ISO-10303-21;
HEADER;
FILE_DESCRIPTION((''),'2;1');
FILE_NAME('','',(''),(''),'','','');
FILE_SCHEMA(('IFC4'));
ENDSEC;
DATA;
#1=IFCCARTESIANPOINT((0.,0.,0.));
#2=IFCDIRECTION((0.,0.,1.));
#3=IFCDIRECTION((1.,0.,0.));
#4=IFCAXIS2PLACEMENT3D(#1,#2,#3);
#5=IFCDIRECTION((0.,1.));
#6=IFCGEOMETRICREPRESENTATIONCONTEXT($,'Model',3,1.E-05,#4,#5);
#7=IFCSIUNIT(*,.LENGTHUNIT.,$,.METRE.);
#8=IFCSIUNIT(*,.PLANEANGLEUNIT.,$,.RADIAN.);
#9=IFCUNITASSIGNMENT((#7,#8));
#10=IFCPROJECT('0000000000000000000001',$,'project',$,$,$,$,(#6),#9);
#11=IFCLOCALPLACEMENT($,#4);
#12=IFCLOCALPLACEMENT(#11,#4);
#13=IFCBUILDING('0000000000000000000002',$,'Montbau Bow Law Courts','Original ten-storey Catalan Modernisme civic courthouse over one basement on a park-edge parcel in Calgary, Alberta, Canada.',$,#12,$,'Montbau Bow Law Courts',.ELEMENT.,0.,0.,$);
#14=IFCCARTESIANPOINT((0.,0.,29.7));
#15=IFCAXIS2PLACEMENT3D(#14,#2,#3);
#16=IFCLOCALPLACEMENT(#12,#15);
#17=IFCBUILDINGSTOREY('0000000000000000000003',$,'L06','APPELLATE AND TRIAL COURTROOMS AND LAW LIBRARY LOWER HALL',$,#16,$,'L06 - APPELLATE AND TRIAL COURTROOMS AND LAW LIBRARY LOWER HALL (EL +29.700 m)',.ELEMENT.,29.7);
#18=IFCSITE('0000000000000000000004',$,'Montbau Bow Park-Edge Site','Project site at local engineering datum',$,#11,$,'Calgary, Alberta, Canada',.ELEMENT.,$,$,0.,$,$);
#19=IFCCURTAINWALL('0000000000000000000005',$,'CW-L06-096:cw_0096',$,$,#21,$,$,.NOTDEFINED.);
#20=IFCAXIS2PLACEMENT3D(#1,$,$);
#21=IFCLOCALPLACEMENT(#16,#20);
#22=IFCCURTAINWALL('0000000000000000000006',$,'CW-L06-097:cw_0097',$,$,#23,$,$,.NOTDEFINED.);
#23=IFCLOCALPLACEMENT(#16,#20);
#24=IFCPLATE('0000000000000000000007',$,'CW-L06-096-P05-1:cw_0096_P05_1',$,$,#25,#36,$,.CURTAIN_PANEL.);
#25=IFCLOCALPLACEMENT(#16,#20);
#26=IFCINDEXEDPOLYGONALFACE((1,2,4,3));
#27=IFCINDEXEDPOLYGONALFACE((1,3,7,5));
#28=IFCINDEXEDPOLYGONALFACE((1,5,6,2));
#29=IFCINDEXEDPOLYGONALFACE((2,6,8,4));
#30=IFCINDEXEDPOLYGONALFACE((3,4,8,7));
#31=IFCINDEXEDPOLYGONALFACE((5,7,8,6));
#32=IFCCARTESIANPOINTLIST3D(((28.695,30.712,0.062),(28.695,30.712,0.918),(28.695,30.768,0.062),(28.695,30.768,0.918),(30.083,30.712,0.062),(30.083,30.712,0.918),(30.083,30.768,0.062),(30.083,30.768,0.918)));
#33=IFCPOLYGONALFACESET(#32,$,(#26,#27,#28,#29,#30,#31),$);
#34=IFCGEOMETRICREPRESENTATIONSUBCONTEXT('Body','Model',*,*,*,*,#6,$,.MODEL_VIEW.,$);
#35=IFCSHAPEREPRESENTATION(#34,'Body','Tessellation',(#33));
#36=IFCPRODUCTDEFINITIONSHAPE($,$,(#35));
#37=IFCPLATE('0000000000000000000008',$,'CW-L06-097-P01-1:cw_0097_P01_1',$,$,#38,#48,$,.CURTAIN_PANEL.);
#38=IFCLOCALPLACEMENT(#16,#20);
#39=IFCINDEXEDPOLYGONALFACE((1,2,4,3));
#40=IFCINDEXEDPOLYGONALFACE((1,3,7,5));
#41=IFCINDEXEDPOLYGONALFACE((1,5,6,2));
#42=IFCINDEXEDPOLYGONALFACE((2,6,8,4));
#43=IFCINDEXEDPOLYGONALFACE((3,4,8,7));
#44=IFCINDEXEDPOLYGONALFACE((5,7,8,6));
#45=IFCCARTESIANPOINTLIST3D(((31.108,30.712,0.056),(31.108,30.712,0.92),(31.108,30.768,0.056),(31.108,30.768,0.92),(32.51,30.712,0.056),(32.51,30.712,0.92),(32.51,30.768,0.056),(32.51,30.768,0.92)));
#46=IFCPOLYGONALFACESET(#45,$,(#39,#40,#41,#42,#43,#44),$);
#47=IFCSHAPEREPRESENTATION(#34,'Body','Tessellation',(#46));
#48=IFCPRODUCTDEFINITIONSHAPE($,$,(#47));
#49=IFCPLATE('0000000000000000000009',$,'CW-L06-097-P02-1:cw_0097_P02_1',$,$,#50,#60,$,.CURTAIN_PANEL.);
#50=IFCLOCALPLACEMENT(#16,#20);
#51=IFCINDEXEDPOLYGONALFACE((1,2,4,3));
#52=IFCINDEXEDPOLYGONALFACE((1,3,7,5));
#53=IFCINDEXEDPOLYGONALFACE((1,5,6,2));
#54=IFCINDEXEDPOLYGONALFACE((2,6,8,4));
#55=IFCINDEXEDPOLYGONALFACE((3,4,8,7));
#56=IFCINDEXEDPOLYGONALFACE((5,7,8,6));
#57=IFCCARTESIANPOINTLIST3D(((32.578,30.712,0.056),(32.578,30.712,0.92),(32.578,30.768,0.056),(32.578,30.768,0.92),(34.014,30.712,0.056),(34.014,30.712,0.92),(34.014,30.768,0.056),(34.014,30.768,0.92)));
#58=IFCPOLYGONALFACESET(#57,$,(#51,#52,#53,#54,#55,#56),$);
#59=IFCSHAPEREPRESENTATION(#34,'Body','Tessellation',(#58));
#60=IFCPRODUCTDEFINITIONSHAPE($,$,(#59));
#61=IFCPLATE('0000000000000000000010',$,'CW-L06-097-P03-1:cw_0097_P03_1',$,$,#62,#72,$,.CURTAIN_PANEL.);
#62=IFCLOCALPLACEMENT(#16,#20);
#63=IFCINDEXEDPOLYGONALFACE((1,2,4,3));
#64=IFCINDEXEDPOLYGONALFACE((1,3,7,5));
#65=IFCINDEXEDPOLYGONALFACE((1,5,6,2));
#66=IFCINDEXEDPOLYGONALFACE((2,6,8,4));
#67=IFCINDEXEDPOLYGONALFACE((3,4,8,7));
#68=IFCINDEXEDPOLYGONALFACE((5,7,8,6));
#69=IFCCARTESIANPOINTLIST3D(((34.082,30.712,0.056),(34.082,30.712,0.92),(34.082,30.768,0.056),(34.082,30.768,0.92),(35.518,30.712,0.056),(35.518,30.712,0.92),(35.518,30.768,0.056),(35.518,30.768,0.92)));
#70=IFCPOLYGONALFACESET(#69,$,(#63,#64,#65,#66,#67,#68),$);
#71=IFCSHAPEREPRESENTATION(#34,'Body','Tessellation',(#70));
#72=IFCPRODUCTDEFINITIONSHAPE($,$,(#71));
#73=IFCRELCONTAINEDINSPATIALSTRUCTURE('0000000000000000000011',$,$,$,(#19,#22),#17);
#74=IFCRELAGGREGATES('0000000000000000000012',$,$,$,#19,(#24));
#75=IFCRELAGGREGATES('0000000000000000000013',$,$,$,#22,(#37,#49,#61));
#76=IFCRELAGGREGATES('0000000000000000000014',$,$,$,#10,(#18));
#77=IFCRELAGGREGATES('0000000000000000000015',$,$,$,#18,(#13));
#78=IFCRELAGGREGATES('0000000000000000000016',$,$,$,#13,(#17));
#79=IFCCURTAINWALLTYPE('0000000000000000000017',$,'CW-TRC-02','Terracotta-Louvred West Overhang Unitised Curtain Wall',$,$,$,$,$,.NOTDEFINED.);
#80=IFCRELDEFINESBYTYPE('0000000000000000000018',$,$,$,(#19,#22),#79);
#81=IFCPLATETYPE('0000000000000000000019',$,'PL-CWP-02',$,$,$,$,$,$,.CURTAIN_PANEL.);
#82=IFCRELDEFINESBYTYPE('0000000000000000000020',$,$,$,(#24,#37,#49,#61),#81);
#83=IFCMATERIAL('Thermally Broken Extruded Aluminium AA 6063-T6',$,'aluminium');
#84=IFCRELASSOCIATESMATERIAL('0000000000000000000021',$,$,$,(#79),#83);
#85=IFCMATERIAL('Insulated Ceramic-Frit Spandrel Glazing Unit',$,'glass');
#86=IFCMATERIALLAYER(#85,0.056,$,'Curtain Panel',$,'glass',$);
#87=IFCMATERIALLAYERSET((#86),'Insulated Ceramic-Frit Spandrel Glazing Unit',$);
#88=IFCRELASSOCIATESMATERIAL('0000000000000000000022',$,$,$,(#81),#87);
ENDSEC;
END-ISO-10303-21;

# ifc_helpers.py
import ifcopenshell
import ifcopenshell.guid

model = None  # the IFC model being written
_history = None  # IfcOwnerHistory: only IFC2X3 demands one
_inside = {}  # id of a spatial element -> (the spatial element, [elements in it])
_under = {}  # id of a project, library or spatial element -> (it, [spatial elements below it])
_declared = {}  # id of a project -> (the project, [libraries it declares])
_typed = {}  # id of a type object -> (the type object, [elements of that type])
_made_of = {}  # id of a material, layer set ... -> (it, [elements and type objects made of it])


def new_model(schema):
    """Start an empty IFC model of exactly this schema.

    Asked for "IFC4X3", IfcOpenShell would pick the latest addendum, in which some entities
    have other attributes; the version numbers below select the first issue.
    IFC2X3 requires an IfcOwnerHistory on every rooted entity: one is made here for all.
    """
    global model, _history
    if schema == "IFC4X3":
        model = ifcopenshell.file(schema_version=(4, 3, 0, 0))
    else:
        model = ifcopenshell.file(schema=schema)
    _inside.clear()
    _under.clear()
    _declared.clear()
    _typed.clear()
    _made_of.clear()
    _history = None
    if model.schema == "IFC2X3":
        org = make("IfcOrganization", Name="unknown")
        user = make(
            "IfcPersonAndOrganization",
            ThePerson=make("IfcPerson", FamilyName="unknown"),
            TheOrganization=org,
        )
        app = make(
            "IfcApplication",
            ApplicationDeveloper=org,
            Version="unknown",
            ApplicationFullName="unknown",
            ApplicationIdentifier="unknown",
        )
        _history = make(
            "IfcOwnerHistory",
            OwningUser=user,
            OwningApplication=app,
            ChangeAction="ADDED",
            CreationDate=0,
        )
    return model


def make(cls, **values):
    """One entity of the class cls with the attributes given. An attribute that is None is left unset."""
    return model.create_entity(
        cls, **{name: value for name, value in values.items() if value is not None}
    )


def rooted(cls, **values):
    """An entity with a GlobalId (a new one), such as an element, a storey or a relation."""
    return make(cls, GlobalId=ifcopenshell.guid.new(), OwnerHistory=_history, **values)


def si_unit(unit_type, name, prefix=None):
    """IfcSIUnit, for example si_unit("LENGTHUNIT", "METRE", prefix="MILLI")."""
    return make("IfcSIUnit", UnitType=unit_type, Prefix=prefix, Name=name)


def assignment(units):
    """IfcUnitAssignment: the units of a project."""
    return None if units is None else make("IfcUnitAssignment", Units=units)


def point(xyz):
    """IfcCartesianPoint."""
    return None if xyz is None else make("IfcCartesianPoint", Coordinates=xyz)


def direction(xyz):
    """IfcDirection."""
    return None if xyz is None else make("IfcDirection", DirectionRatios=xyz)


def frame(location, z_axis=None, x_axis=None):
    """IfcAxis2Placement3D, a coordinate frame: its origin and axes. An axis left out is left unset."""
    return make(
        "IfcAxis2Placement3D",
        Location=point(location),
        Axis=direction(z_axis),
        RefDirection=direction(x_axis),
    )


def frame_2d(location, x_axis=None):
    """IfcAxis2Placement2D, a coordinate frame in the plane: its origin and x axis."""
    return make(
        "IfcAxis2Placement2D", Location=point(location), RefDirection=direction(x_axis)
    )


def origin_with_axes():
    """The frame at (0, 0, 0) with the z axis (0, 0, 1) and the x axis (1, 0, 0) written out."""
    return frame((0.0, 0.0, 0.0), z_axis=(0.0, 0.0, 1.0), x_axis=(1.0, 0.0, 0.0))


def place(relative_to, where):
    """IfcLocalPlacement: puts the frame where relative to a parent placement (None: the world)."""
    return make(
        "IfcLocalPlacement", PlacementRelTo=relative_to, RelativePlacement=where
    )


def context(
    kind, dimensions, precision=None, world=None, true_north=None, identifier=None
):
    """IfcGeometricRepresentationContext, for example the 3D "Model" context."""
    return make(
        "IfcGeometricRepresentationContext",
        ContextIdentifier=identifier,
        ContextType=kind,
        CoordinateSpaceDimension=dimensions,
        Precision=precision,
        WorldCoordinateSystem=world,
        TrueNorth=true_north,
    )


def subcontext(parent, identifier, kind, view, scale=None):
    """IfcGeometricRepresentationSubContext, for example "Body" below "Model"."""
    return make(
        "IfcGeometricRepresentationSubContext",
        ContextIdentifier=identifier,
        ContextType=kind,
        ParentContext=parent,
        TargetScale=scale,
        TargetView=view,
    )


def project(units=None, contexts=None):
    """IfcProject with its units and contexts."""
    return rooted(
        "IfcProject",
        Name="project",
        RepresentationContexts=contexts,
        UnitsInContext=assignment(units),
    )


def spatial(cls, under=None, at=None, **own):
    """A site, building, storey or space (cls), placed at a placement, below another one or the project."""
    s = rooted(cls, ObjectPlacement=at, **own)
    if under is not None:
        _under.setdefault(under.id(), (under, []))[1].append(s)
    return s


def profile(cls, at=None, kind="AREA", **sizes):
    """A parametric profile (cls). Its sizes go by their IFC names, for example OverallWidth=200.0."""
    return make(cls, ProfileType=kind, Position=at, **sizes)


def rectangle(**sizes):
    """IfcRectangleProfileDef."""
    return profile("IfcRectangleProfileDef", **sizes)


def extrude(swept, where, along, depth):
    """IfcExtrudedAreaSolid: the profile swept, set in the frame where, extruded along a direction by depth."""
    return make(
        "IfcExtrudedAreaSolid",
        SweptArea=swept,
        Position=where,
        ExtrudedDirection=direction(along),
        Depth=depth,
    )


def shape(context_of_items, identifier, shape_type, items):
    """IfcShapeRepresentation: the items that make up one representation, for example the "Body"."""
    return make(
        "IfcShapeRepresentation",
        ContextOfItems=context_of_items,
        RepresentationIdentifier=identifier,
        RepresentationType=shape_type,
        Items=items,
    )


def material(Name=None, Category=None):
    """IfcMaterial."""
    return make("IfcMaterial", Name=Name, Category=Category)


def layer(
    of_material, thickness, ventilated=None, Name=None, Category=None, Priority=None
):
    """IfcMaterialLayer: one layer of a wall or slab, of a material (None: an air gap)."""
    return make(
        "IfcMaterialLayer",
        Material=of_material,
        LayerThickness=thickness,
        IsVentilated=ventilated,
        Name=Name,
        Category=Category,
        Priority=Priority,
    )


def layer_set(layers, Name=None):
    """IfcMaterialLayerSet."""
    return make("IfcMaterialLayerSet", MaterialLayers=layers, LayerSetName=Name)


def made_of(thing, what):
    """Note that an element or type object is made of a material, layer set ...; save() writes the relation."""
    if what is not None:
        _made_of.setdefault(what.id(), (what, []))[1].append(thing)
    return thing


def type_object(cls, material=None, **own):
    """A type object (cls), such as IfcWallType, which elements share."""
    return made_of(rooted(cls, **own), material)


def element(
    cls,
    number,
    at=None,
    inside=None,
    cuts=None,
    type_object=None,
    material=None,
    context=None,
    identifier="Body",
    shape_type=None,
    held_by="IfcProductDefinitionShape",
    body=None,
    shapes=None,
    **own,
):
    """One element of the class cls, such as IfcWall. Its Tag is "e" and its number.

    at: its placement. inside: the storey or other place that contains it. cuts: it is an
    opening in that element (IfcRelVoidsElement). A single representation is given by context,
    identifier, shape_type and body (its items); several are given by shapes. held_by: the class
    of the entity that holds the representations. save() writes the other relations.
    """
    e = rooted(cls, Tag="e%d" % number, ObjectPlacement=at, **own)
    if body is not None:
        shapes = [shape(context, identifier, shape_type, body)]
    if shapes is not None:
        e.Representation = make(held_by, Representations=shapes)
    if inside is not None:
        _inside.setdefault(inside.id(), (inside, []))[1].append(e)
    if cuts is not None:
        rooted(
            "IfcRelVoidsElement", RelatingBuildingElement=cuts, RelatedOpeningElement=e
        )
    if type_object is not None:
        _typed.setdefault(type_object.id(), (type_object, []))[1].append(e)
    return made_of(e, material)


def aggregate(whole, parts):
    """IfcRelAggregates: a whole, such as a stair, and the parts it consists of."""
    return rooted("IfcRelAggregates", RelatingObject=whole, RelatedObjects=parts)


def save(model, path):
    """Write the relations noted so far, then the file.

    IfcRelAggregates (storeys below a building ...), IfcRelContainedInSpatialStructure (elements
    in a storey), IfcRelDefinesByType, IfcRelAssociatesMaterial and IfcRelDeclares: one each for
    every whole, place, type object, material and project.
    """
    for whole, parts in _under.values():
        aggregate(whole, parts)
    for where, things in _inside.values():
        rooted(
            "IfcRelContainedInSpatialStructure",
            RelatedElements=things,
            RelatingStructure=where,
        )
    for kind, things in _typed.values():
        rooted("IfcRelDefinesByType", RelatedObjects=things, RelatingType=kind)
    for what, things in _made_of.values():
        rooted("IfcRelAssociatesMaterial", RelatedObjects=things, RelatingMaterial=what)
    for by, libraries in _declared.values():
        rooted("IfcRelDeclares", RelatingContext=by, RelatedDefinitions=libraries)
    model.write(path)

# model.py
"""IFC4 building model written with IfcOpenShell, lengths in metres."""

from ifc_helpers import new_model, si_unit, direction, frame, frame_2d, origin_with_axes, place, context, subcontext, project, spatial, rectangle, extrude, material, layer, layer_set, type_object, element, aggregate, save


model = new_model("IFC4")

# Units and contexts
model_context = context("Model", 3, precision=1e-05, world=origin_with_axes(), true_north=direction((0.0, 1.0)))
body_context = subcontext(model_context, "Body", "Model", "MODEL_VIEW")
ifc_project = project(units=[si_unit("LENGTHUNIT", "METRE"), si_unit("PLANEANGLEUNIT", "RADIAN")], contexts=[model_context])

# Site, building, storey
site_placement = place(None, origin_with_axes())
site = spatial("IfcSite", under=ifc_project, at=site_placement, Name="Montbau Bow Park-Edge Site", Description="Project site at local engineering datum", LongName="Calgary, Alberta, Canada", CompositionType="ELEMENT", RefElevation=0.0)
building_placement = place(site_placement, origin_with_axes())
building = spatial("IfcBuilding", under=site, at=building_placement, Name="Montbau Bow Law Courts", Description="Original ten-storey Catalan Modernisme civic courthouse over one basement on a park-edge parcel in Calgary, Alberta, Canada.", LongName="Montbau Bow Law Courts", CompositionType="ELEMENT", ElevationOfRefHeight=0.0, ElevationOfTerrain=0.0)
storey_placement = place(building_placement, frame((0.0, 0.0, 29.7), z_axis=(0.0, 0.0, 1.0), x_axis=(1.0, 0.0, 0.0)))
storey = spatial("IfcBuildingStorey", under=building, at=storey_placement, Name="L06", Description="APPELLATE AND TRIAL COURTROOMS AND LAW LIBRARY LOWER HALL", LongName="L06 - APPELLATE AND TRIAL COURTROOMS AND LAW LIBRARY LOWER HALL (EL +29.700 m)", CompositionType="ELEMENT", Elevation=29.7)

# Curtain walls
ifc_material_1 = material(Name="Thermally Broken Extruded Aluminium AA 6063-T6", Category="aluminium")
curtain_wall_type = type_object("IfcCurtainWallType", Name="CW-TRC-02", Description="Terracotta-Louvred West Overhang Unitised Curtain Wall", PredefinedType="NOTDEFINED", material=ifc_material_1)
curtain_wall_1_placement = place(None, frame((22.64, 30.74, 29.7), z_axis=(0.0, 0.0, 1.0), x_axis=(1.0, 0.0, 0.0)))
curtain_wall_1 = element("IfcCurtainWall", 1, at=curtain_wall_1_placement, inside=storey, type_object=curtain_wall_type, Name="CW-L06-096:cw_0096", PredefinedType="NOTDEFINED")
curtain_wall_2_placement = place(None, frame((31.04, 30.74, 29.7), z_axis=(0.0, 0.0, 1.0), x_axis=(1.0, 0.0, 0.0)))
curtain_wall_2 = element("IfcCurtainWall", 2, at=curtain_wall_2_placement, inside=storey, type_object=curtain_wall_type, Name="CW-L06-097:cw_0097", PredefinedType="NOTDEFINED")

# Plates
ifc_material_2 = material(Name="Insulated Ceramic-Frit Spandrel Glazing Unit", Category="glass")
ifc_layer_1 = layer(ifc_material_2, 0.056, Name="Curtain Panel", Category="glass")
ifc_layer_set_1 = layer_set([ifc_layer_1], Name="Insulated Ceramic-Frit Spandrel Glazing Unit")
plate_type_1 = type_object("IfcPlateType", Name="PL-CWP-02", PredefinedType="CURTAIN_PANEL", material=ifc_layer_set_1)
plate_1_placement = place(None, frame((28.695, 30.74, 29.762), z_axis=(0.0, -1.0, 0.0), x_axis=(1.0, 0.0, 0.0)))
plate_1 = element("IfcPlate", 3, at=plate_1_placement, type_object=plate_type_1, Name="CW-L06-096-P05-1:cw_0096_P05_1", PredefinedType="CURTAIN_PANEL", context=body_context, shape_type="SweptSolid", body=[
    extrude(rectangle(XDim=1.388, YDim=0.856, at=frame_2d((0.694, 0.428), x_axis=(1.0, 0.0))), frame((0.0, 0.0, -0.028), z_axis=(0.0, 0.0, 1.0), x_axis=(1.0, 0.0, 0.0)), (0.0, 0.0, 1.0), 0.056),
])
aggregate(curtain_wall_1, [plate_1])
plate_2_placement = place(None, frame((31.108, 30.74, 29.756), z_axis=(0.0, -1.0, 0.0), x_axis=(1.0, 0.0, 0.0)))
plate_2 = element("IfcPlate", 4, at=plate_2_placement, type_object=plate_type_1, Name="CW-L06-097-P01-1:cw_0097_P01_1", PredefinedType="CURTAIN_PANEL", context=body_context, shape_type="SweptSolid", body=[
    extrude(rectangle(XDim=1.402, YDim=0.864, at=frame_2d((0.701, 0.432), x_axis=(1.0, 0.0))), frame((0.0, 0.0, -0.028), z_axis=(0.0, 0.0, 1.0), x_axis=(1.0, 0.0, 0.0)), (0.0, 0.0, 1.0), 0.056),
])
plate_3_placement = place(None, frame((32.578, 30.74, 29.756), z_axis=(0.0, -1.0, 0.0), x_axis=(1.0, 0.0, 0.0)))
plate_3 = element("IfcPlate", 5, at=plate_3_placement, type_object=plate_type_1, Name="CW-L06-097-P02-1:cw_0097_P02_1", PredefinedType="CURTAIN_PANEL", context=body_context, shape_type="SweptSolid", body=[
    extrude(rectangle(XDim=1.436, YDim=0.864, at=frame_2d((0.718, 0.432), x_axis=(1.0, 0.0))), frame((0.0, 0.0, -0.028), z_axis=(0.0, 0.0, 1.0), x_axis=(1.0, 0.0, 0.0)), (0.0, 0.0, 1.0), 0.056),
])
plate_4_placement = place(None, frame((34.082, 30.74, 29.756), z_axis=(0.0, -1.0, 0.0), x_axis=(1.0, 0.0, 0.0)))
plate_4 = element("IfcPlate", 6, at=plate_4_placement, type_object=plate_type_1, Name="CW-L06-097-P03-1:cw_0097_P03_1", PredefinedType="CURTAIN_PANEL", context=body_context, shape_type="SweptSolid", body=[
    extrude(rectangle(XDim=1.436, YDim=0.864, at=frame_2d((0.718, 0.432), x_axis=(1.0, 0.0))), frame((0.0, 0.0, -0.028), z_axis=(0.0, 0.0, 1.0), x_axis=(1.0, 0.0, 0.0)), (0.0, 0.0, 1.0), 0.056),
])
aggregate(curtain_wall_2, [plate_2, plate_3, plate_4])

save(model, "model.ifc")
